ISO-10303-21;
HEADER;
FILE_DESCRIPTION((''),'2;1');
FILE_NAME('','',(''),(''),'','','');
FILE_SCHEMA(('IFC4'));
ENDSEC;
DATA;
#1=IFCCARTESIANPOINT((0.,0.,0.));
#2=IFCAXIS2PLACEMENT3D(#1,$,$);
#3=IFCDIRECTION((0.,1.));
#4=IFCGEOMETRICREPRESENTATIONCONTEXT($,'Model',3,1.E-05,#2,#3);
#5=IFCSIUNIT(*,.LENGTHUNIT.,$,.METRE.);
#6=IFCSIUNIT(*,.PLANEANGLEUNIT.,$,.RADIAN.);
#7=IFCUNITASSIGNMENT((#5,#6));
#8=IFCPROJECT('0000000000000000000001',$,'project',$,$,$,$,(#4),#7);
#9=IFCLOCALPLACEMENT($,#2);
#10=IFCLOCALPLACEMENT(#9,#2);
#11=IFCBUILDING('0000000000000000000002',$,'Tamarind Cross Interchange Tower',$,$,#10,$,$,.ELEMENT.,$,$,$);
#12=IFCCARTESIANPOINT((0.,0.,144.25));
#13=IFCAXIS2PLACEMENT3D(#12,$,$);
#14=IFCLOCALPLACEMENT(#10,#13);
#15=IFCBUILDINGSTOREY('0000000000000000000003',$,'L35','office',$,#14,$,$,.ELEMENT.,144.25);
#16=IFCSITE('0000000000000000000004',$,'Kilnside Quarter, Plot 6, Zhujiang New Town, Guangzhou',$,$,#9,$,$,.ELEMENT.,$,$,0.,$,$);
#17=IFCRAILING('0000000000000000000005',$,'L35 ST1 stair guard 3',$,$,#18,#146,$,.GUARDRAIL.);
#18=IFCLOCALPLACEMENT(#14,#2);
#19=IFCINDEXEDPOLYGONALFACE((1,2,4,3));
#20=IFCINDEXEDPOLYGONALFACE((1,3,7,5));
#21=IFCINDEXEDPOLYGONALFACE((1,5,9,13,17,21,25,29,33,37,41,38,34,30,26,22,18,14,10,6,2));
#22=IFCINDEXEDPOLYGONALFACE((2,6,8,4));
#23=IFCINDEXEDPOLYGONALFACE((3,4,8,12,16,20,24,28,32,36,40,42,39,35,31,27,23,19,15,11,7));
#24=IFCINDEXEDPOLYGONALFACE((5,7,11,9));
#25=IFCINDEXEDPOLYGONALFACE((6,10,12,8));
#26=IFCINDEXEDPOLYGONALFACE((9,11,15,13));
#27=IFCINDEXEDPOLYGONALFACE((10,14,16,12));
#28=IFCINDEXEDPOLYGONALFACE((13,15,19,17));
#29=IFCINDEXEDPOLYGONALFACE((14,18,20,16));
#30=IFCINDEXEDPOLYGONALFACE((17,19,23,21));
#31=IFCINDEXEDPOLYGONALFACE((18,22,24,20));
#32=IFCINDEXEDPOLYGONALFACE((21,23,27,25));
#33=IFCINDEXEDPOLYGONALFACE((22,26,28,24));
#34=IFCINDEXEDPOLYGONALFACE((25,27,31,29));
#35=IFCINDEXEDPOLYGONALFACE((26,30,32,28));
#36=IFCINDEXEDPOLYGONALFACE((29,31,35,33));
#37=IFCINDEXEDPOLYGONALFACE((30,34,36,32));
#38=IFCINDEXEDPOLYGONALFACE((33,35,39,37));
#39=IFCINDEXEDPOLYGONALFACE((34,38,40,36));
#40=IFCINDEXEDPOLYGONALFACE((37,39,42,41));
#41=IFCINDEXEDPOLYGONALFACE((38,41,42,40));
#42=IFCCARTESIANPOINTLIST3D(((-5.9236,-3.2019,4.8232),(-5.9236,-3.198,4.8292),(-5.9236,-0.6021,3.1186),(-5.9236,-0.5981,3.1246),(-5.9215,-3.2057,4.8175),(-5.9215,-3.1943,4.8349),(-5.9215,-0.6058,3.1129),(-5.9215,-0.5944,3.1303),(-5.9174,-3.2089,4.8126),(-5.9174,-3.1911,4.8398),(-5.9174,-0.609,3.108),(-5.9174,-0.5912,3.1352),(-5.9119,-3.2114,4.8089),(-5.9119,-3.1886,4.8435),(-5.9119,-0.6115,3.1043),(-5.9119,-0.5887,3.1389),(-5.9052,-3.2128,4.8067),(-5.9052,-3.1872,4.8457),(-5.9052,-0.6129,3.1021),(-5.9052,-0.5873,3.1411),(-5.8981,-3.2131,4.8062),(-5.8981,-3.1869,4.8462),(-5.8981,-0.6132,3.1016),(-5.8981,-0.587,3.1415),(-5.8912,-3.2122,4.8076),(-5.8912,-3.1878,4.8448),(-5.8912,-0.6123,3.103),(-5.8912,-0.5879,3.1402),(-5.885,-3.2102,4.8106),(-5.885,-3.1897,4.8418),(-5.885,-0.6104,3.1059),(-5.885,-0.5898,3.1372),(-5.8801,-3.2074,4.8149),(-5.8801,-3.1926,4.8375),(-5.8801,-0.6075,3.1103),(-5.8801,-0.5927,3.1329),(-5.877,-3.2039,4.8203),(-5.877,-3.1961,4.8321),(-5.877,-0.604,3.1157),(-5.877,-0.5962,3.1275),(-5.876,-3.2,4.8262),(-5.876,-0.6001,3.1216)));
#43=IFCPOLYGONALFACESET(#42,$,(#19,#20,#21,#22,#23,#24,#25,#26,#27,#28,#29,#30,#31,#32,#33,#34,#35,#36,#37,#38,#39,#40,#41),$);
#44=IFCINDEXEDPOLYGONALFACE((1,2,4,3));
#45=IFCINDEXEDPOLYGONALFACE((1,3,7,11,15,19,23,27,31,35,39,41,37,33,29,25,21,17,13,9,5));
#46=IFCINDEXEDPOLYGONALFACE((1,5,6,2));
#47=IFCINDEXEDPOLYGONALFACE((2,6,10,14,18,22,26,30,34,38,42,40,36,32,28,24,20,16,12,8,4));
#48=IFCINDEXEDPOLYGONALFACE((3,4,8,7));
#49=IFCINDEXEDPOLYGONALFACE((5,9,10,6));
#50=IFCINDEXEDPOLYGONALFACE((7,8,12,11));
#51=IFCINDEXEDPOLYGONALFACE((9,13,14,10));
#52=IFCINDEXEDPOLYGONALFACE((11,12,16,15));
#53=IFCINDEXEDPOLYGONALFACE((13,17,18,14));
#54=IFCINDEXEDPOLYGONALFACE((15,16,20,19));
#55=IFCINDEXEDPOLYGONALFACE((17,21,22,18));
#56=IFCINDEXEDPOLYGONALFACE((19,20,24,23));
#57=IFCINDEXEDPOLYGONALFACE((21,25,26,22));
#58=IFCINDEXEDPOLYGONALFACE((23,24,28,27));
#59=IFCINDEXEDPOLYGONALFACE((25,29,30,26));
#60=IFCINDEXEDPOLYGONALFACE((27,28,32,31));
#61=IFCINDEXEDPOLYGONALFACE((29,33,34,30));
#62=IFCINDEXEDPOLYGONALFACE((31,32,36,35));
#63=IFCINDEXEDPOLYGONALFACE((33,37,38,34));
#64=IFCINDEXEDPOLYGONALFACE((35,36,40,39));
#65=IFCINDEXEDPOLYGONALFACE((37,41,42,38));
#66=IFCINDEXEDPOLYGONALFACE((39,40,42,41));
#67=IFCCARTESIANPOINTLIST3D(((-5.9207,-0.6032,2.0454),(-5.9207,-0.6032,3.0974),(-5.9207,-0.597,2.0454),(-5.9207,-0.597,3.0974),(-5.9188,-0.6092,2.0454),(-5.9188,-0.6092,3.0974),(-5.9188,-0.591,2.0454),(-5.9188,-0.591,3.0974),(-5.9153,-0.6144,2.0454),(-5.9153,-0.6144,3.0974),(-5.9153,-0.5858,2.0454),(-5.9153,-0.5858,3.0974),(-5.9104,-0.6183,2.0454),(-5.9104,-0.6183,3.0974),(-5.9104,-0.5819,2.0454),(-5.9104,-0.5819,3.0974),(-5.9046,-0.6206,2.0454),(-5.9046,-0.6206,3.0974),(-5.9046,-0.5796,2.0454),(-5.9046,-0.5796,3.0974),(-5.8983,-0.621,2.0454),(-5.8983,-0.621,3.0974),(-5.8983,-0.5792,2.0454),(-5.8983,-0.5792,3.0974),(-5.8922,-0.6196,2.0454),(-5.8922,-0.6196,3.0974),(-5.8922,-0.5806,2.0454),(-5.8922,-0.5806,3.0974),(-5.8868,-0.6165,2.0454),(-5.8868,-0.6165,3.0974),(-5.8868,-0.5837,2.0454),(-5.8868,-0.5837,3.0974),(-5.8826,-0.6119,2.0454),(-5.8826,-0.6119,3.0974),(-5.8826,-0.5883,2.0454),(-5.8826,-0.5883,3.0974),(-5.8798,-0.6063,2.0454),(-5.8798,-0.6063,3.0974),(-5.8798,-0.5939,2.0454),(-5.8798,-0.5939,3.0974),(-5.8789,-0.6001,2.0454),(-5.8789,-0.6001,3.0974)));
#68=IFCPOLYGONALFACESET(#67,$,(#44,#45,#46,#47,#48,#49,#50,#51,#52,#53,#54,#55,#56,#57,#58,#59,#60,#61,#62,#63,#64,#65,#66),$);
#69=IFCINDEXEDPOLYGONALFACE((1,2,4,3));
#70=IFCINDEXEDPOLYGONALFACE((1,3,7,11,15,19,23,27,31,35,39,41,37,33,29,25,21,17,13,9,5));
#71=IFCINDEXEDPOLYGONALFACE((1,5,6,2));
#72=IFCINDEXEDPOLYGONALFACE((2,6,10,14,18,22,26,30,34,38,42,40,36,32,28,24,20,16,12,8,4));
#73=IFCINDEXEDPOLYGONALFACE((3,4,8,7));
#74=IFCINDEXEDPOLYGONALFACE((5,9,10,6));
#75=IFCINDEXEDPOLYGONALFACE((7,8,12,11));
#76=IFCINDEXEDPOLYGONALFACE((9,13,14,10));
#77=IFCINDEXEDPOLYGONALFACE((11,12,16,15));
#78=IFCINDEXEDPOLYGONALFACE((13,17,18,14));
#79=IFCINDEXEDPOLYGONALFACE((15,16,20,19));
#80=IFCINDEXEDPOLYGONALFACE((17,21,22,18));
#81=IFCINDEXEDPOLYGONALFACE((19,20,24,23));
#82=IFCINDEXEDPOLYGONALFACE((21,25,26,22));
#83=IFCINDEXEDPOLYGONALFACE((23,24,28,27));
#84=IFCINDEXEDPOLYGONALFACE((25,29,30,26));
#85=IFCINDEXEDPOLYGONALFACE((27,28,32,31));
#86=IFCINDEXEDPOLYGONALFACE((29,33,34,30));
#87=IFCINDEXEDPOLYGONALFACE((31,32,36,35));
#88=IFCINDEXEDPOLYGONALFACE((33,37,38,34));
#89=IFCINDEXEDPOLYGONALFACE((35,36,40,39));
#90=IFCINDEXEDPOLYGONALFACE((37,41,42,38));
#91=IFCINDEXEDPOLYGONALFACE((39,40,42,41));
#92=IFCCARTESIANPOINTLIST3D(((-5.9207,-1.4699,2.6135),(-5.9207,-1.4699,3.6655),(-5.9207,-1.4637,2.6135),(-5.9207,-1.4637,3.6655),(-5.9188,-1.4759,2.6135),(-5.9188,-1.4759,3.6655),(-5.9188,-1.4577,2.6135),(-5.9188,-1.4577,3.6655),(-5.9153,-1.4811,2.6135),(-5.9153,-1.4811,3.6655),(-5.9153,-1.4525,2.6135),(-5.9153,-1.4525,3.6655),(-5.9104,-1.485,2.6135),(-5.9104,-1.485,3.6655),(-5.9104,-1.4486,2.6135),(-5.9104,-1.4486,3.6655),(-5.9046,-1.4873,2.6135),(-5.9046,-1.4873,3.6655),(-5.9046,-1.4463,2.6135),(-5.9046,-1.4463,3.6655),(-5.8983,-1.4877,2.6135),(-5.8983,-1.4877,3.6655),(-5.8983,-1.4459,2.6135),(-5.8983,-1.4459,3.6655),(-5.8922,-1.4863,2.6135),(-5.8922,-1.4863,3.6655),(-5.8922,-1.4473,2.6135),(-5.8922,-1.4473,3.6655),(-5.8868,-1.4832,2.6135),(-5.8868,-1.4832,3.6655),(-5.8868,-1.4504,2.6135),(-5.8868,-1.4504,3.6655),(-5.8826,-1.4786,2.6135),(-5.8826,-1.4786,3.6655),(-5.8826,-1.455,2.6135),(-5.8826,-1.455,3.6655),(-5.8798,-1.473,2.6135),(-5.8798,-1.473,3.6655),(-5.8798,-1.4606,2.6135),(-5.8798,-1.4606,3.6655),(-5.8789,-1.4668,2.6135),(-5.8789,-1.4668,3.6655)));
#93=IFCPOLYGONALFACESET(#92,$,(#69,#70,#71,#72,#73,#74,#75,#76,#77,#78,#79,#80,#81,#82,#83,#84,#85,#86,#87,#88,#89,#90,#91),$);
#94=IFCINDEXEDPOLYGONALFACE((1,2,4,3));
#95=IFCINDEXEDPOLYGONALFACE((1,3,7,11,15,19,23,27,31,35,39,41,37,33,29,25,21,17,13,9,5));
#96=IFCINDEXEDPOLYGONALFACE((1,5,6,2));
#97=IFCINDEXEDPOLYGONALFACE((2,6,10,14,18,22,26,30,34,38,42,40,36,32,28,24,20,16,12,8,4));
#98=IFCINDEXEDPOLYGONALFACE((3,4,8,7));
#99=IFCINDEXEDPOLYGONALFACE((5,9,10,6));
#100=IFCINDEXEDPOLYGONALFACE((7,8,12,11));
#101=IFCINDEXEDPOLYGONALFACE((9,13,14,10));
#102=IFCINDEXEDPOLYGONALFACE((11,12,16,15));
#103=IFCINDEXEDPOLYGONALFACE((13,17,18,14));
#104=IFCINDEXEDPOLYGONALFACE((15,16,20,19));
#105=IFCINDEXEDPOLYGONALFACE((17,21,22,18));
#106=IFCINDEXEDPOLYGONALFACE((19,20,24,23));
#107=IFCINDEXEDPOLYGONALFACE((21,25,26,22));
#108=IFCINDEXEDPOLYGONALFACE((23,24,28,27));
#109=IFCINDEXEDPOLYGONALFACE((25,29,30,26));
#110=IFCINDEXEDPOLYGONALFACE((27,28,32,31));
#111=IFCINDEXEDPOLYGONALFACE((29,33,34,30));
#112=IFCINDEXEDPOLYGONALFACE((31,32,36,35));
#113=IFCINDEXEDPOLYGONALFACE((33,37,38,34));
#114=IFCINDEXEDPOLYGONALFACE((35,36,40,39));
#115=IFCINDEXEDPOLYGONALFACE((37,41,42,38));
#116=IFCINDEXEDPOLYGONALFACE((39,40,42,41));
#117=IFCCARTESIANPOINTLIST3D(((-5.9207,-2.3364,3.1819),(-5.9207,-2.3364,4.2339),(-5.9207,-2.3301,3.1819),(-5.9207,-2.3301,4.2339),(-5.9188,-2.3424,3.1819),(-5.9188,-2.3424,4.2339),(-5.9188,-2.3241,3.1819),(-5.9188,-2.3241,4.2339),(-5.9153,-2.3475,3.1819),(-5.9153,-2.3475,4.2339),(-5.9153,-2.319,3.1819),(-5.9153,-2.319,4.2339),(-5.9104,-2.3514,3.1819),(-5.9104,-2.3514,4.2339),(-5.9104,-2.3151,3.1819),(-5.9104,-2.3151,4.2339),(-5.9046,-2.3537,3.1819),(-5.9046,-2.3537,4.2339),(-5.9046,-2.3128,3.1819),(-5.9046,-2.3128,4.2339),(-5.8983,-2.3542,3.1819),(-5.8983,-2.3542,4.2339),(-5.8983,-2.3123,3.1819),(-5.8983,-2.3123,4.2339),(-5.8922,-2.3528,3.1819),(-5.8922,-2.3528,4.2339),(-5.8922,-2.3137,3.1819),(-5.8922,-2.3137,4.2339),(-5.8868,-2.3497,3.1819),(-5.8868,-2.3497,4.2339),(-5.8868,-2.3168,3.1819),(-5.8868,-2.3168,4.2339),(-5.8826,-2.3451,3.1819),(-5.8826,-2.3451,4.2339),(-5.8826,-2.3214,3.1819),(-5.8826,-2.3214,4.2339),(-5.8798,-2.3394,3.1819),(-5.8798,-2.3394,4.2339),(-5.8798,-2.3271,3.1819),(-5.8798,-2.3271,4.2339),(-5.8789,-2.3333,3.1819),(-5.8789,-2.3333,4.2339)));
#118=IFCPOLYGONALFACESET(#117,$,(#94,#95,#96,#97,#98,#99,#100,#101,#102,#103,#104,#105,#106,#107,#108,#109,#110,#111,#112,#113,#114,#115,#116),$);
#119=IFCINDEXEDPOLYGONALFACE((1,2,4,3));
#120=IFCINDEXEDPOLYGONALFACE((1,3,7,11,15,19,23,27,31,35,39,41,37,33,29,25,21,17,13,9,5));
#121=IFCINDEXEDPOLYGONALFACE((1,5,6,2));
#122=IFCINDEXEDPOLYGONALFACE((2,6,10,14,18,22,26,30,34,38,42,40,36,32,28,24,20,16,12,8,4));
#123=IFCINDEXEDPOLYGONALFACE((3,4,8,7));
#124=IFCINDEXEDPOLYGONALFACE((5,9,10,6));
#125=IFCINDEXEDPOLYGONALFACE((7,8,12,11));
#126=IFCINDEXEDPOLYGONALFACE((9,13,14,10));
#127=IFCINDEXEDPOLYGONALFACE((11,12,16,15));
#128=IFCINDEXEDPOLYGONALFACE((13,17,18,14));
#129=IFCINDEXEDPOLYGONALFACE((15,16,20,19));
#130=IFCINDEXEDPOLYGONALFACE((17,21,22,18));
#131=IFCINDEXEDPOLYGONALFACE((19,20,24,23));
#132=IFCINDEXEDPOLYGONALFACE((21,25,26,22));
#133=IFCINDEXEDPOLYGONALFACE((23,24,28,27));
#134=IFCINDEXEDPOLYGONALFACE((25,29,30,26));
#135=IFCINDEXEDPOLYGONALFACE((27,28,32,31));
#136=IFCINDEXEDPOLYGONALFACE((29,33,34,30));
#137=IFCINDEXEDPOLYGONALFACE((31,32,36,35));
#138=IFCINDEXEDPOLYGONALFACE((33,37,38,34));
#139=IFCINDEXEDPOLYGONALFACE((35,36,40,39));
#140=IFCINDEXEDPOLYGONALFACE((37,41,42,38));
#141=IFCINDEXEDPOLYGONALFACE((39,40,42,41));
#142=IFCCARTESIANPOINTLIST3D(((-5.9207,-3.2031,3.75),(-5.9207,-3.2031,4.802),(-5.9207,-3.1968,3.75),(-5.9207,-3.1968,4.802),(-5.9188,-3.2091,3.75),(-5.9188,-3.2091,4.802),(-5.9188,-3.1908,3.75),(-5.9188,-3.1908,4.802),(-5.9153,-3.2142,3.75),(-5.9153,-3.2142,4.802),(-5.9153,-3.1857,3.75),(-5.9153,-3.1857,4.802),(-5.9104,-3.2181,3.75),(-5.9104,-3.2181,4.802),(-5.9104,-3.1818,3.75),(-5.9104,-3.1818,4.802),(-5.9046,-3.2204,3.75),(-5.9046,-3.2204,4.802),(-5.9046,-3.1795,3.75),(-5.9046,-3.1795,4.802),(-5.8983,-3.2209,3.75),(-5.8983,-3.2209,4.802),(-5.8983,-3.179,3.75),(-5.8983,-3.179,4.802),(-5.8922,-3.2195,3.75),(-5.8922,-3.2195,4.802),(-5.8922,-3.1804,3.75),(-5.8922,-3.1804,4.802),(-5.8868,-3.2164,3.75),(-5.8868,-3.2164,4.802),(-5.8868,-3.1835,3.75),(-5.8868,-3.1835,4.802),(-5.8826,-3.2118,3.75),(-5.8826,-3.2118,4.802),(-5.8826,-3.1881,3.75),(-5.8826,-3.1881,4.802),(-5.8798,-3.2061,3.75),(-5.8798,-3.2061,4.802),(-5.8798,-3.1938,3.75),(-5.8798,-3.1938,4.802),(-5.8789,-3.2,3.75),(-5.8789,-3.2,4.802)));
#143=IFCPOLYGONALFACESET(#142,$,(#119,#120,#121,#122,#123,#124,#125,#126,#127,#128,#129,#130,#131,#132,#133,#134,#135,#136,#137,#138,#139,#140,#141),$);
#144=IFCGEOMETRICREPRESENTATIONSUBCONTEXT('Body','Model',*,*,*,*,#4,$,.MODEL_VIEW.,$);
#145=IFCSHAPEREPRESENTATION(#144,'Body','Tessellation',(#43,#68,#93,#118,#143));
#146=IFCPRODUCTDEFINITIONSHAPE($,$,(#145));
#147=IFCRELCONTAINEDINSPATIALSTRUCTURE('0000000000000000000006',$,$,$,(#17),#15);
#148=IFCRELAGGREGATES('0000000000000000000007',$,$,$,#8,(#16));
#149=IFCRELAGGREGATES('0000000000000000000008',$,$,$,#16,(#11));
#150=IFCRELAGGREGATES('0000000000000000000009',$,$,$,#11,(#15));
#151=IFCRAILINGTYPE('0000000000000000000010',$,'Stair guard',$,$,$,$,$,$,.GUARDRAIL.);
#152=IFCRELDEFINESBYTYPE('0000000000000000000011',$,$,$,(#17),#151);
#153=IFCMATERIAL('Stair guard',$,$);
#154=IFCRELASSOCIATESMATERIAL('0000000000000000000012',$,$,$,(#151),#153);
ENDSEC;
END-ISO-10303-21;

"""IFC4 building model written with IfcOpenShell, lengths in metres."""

from ifc_helpers import new_model, si_unit, direction, frame, origin, origin_2d, place, context, subcontext, project, spatial, circle, extrude, material, type_object, element, save


model = new_model("IFC4")

# Units and contexts
model_context = context("Model", 3, precision=1e-05, world=origin(), true_north=direction((0.0, 1.0)))
body_context = subcontext(model_context, "Body", "Model", "MODEL_VIEW")
ifc_project = project(units=[si_unit("LENGTHUNIT", "METRE"), si_unit("PLANEANGLEUNIT", "RADIAN")], contexts=[model_context])

# Site, building, storey
site_placement = place(None, origin())
site = spatial("IfcSite", under=ifc_project, at=site_placement, Name="Kilnside Quarter, Plot 6, Zhujiang New Town, Guangzhou", CompositionType="ELEMENT", RefElevation=0.0)
building_placement = place(site_placement, origin())
building = spatial("IfcBuilding", under=site, at=building_placement, Name="Tamarind Cross Interchange Tower", CompositionType="ELEMENT")
storey_placement = place(building_placement, frame((0.0, 0.0, 144.25)))
storey = spatial("IfcBuildingStorey", under=building, at=storey_placement, Name="L35", Description="office", CompositionType="ELEMENT", Elevation=144.25)

# Railing
ifc_material_1 = material(Name="Stair guard")
railing_type_1 = type_object("IfcRailingType", Name="Stair guard", PredefinedType="GUARDRAIL", material=ifc_material_1)
railing_1_placement = place(storey_placement, frame((-5.8999, -0.6001, 2.0454)))
element("IfcRailing", 1, at=railing_1_placement, inside=storey, type_object=railing_type_1, Name="L35 ST1 stair guard 3", PredefinedType="GUARDRAIL", context=body_context, shape_type="SweptSolid", body=[
    extrude(circle(Radius=0.0239, at=origin_2d()), frame((0.0, 0.0, 1.0762), z_axis=(0.0, -0.836279, 0.548305), x_axis=(1.0, 0.0, 0.0)), (0.0, 0.0, 1.0), 3.1089),
    extrude(circle(Radius=0.021, at=origin_2d()), origin(), (0.0, 0.0, 1.0), 1.052),
    extrude(circle(Radius=0.021, at=origin_2d()), frame((0.0, -0.8667, 0.5681)), (0.0, 0.0, 1.0), 1.052),
    extrude(circle(Radius=0.021, at=origin_2d()), frame((0.0, -1.7332, 1.1365)), (0.0, 0.0, 1.0), 1.052),
    extrude(circle(Radius=0.021, at=origin_2d()), frame((0.0, -2.5999, 1.7046)), (0.0, 0.0, 1.0), 1.052),
])

save(model, "model.ifc")
